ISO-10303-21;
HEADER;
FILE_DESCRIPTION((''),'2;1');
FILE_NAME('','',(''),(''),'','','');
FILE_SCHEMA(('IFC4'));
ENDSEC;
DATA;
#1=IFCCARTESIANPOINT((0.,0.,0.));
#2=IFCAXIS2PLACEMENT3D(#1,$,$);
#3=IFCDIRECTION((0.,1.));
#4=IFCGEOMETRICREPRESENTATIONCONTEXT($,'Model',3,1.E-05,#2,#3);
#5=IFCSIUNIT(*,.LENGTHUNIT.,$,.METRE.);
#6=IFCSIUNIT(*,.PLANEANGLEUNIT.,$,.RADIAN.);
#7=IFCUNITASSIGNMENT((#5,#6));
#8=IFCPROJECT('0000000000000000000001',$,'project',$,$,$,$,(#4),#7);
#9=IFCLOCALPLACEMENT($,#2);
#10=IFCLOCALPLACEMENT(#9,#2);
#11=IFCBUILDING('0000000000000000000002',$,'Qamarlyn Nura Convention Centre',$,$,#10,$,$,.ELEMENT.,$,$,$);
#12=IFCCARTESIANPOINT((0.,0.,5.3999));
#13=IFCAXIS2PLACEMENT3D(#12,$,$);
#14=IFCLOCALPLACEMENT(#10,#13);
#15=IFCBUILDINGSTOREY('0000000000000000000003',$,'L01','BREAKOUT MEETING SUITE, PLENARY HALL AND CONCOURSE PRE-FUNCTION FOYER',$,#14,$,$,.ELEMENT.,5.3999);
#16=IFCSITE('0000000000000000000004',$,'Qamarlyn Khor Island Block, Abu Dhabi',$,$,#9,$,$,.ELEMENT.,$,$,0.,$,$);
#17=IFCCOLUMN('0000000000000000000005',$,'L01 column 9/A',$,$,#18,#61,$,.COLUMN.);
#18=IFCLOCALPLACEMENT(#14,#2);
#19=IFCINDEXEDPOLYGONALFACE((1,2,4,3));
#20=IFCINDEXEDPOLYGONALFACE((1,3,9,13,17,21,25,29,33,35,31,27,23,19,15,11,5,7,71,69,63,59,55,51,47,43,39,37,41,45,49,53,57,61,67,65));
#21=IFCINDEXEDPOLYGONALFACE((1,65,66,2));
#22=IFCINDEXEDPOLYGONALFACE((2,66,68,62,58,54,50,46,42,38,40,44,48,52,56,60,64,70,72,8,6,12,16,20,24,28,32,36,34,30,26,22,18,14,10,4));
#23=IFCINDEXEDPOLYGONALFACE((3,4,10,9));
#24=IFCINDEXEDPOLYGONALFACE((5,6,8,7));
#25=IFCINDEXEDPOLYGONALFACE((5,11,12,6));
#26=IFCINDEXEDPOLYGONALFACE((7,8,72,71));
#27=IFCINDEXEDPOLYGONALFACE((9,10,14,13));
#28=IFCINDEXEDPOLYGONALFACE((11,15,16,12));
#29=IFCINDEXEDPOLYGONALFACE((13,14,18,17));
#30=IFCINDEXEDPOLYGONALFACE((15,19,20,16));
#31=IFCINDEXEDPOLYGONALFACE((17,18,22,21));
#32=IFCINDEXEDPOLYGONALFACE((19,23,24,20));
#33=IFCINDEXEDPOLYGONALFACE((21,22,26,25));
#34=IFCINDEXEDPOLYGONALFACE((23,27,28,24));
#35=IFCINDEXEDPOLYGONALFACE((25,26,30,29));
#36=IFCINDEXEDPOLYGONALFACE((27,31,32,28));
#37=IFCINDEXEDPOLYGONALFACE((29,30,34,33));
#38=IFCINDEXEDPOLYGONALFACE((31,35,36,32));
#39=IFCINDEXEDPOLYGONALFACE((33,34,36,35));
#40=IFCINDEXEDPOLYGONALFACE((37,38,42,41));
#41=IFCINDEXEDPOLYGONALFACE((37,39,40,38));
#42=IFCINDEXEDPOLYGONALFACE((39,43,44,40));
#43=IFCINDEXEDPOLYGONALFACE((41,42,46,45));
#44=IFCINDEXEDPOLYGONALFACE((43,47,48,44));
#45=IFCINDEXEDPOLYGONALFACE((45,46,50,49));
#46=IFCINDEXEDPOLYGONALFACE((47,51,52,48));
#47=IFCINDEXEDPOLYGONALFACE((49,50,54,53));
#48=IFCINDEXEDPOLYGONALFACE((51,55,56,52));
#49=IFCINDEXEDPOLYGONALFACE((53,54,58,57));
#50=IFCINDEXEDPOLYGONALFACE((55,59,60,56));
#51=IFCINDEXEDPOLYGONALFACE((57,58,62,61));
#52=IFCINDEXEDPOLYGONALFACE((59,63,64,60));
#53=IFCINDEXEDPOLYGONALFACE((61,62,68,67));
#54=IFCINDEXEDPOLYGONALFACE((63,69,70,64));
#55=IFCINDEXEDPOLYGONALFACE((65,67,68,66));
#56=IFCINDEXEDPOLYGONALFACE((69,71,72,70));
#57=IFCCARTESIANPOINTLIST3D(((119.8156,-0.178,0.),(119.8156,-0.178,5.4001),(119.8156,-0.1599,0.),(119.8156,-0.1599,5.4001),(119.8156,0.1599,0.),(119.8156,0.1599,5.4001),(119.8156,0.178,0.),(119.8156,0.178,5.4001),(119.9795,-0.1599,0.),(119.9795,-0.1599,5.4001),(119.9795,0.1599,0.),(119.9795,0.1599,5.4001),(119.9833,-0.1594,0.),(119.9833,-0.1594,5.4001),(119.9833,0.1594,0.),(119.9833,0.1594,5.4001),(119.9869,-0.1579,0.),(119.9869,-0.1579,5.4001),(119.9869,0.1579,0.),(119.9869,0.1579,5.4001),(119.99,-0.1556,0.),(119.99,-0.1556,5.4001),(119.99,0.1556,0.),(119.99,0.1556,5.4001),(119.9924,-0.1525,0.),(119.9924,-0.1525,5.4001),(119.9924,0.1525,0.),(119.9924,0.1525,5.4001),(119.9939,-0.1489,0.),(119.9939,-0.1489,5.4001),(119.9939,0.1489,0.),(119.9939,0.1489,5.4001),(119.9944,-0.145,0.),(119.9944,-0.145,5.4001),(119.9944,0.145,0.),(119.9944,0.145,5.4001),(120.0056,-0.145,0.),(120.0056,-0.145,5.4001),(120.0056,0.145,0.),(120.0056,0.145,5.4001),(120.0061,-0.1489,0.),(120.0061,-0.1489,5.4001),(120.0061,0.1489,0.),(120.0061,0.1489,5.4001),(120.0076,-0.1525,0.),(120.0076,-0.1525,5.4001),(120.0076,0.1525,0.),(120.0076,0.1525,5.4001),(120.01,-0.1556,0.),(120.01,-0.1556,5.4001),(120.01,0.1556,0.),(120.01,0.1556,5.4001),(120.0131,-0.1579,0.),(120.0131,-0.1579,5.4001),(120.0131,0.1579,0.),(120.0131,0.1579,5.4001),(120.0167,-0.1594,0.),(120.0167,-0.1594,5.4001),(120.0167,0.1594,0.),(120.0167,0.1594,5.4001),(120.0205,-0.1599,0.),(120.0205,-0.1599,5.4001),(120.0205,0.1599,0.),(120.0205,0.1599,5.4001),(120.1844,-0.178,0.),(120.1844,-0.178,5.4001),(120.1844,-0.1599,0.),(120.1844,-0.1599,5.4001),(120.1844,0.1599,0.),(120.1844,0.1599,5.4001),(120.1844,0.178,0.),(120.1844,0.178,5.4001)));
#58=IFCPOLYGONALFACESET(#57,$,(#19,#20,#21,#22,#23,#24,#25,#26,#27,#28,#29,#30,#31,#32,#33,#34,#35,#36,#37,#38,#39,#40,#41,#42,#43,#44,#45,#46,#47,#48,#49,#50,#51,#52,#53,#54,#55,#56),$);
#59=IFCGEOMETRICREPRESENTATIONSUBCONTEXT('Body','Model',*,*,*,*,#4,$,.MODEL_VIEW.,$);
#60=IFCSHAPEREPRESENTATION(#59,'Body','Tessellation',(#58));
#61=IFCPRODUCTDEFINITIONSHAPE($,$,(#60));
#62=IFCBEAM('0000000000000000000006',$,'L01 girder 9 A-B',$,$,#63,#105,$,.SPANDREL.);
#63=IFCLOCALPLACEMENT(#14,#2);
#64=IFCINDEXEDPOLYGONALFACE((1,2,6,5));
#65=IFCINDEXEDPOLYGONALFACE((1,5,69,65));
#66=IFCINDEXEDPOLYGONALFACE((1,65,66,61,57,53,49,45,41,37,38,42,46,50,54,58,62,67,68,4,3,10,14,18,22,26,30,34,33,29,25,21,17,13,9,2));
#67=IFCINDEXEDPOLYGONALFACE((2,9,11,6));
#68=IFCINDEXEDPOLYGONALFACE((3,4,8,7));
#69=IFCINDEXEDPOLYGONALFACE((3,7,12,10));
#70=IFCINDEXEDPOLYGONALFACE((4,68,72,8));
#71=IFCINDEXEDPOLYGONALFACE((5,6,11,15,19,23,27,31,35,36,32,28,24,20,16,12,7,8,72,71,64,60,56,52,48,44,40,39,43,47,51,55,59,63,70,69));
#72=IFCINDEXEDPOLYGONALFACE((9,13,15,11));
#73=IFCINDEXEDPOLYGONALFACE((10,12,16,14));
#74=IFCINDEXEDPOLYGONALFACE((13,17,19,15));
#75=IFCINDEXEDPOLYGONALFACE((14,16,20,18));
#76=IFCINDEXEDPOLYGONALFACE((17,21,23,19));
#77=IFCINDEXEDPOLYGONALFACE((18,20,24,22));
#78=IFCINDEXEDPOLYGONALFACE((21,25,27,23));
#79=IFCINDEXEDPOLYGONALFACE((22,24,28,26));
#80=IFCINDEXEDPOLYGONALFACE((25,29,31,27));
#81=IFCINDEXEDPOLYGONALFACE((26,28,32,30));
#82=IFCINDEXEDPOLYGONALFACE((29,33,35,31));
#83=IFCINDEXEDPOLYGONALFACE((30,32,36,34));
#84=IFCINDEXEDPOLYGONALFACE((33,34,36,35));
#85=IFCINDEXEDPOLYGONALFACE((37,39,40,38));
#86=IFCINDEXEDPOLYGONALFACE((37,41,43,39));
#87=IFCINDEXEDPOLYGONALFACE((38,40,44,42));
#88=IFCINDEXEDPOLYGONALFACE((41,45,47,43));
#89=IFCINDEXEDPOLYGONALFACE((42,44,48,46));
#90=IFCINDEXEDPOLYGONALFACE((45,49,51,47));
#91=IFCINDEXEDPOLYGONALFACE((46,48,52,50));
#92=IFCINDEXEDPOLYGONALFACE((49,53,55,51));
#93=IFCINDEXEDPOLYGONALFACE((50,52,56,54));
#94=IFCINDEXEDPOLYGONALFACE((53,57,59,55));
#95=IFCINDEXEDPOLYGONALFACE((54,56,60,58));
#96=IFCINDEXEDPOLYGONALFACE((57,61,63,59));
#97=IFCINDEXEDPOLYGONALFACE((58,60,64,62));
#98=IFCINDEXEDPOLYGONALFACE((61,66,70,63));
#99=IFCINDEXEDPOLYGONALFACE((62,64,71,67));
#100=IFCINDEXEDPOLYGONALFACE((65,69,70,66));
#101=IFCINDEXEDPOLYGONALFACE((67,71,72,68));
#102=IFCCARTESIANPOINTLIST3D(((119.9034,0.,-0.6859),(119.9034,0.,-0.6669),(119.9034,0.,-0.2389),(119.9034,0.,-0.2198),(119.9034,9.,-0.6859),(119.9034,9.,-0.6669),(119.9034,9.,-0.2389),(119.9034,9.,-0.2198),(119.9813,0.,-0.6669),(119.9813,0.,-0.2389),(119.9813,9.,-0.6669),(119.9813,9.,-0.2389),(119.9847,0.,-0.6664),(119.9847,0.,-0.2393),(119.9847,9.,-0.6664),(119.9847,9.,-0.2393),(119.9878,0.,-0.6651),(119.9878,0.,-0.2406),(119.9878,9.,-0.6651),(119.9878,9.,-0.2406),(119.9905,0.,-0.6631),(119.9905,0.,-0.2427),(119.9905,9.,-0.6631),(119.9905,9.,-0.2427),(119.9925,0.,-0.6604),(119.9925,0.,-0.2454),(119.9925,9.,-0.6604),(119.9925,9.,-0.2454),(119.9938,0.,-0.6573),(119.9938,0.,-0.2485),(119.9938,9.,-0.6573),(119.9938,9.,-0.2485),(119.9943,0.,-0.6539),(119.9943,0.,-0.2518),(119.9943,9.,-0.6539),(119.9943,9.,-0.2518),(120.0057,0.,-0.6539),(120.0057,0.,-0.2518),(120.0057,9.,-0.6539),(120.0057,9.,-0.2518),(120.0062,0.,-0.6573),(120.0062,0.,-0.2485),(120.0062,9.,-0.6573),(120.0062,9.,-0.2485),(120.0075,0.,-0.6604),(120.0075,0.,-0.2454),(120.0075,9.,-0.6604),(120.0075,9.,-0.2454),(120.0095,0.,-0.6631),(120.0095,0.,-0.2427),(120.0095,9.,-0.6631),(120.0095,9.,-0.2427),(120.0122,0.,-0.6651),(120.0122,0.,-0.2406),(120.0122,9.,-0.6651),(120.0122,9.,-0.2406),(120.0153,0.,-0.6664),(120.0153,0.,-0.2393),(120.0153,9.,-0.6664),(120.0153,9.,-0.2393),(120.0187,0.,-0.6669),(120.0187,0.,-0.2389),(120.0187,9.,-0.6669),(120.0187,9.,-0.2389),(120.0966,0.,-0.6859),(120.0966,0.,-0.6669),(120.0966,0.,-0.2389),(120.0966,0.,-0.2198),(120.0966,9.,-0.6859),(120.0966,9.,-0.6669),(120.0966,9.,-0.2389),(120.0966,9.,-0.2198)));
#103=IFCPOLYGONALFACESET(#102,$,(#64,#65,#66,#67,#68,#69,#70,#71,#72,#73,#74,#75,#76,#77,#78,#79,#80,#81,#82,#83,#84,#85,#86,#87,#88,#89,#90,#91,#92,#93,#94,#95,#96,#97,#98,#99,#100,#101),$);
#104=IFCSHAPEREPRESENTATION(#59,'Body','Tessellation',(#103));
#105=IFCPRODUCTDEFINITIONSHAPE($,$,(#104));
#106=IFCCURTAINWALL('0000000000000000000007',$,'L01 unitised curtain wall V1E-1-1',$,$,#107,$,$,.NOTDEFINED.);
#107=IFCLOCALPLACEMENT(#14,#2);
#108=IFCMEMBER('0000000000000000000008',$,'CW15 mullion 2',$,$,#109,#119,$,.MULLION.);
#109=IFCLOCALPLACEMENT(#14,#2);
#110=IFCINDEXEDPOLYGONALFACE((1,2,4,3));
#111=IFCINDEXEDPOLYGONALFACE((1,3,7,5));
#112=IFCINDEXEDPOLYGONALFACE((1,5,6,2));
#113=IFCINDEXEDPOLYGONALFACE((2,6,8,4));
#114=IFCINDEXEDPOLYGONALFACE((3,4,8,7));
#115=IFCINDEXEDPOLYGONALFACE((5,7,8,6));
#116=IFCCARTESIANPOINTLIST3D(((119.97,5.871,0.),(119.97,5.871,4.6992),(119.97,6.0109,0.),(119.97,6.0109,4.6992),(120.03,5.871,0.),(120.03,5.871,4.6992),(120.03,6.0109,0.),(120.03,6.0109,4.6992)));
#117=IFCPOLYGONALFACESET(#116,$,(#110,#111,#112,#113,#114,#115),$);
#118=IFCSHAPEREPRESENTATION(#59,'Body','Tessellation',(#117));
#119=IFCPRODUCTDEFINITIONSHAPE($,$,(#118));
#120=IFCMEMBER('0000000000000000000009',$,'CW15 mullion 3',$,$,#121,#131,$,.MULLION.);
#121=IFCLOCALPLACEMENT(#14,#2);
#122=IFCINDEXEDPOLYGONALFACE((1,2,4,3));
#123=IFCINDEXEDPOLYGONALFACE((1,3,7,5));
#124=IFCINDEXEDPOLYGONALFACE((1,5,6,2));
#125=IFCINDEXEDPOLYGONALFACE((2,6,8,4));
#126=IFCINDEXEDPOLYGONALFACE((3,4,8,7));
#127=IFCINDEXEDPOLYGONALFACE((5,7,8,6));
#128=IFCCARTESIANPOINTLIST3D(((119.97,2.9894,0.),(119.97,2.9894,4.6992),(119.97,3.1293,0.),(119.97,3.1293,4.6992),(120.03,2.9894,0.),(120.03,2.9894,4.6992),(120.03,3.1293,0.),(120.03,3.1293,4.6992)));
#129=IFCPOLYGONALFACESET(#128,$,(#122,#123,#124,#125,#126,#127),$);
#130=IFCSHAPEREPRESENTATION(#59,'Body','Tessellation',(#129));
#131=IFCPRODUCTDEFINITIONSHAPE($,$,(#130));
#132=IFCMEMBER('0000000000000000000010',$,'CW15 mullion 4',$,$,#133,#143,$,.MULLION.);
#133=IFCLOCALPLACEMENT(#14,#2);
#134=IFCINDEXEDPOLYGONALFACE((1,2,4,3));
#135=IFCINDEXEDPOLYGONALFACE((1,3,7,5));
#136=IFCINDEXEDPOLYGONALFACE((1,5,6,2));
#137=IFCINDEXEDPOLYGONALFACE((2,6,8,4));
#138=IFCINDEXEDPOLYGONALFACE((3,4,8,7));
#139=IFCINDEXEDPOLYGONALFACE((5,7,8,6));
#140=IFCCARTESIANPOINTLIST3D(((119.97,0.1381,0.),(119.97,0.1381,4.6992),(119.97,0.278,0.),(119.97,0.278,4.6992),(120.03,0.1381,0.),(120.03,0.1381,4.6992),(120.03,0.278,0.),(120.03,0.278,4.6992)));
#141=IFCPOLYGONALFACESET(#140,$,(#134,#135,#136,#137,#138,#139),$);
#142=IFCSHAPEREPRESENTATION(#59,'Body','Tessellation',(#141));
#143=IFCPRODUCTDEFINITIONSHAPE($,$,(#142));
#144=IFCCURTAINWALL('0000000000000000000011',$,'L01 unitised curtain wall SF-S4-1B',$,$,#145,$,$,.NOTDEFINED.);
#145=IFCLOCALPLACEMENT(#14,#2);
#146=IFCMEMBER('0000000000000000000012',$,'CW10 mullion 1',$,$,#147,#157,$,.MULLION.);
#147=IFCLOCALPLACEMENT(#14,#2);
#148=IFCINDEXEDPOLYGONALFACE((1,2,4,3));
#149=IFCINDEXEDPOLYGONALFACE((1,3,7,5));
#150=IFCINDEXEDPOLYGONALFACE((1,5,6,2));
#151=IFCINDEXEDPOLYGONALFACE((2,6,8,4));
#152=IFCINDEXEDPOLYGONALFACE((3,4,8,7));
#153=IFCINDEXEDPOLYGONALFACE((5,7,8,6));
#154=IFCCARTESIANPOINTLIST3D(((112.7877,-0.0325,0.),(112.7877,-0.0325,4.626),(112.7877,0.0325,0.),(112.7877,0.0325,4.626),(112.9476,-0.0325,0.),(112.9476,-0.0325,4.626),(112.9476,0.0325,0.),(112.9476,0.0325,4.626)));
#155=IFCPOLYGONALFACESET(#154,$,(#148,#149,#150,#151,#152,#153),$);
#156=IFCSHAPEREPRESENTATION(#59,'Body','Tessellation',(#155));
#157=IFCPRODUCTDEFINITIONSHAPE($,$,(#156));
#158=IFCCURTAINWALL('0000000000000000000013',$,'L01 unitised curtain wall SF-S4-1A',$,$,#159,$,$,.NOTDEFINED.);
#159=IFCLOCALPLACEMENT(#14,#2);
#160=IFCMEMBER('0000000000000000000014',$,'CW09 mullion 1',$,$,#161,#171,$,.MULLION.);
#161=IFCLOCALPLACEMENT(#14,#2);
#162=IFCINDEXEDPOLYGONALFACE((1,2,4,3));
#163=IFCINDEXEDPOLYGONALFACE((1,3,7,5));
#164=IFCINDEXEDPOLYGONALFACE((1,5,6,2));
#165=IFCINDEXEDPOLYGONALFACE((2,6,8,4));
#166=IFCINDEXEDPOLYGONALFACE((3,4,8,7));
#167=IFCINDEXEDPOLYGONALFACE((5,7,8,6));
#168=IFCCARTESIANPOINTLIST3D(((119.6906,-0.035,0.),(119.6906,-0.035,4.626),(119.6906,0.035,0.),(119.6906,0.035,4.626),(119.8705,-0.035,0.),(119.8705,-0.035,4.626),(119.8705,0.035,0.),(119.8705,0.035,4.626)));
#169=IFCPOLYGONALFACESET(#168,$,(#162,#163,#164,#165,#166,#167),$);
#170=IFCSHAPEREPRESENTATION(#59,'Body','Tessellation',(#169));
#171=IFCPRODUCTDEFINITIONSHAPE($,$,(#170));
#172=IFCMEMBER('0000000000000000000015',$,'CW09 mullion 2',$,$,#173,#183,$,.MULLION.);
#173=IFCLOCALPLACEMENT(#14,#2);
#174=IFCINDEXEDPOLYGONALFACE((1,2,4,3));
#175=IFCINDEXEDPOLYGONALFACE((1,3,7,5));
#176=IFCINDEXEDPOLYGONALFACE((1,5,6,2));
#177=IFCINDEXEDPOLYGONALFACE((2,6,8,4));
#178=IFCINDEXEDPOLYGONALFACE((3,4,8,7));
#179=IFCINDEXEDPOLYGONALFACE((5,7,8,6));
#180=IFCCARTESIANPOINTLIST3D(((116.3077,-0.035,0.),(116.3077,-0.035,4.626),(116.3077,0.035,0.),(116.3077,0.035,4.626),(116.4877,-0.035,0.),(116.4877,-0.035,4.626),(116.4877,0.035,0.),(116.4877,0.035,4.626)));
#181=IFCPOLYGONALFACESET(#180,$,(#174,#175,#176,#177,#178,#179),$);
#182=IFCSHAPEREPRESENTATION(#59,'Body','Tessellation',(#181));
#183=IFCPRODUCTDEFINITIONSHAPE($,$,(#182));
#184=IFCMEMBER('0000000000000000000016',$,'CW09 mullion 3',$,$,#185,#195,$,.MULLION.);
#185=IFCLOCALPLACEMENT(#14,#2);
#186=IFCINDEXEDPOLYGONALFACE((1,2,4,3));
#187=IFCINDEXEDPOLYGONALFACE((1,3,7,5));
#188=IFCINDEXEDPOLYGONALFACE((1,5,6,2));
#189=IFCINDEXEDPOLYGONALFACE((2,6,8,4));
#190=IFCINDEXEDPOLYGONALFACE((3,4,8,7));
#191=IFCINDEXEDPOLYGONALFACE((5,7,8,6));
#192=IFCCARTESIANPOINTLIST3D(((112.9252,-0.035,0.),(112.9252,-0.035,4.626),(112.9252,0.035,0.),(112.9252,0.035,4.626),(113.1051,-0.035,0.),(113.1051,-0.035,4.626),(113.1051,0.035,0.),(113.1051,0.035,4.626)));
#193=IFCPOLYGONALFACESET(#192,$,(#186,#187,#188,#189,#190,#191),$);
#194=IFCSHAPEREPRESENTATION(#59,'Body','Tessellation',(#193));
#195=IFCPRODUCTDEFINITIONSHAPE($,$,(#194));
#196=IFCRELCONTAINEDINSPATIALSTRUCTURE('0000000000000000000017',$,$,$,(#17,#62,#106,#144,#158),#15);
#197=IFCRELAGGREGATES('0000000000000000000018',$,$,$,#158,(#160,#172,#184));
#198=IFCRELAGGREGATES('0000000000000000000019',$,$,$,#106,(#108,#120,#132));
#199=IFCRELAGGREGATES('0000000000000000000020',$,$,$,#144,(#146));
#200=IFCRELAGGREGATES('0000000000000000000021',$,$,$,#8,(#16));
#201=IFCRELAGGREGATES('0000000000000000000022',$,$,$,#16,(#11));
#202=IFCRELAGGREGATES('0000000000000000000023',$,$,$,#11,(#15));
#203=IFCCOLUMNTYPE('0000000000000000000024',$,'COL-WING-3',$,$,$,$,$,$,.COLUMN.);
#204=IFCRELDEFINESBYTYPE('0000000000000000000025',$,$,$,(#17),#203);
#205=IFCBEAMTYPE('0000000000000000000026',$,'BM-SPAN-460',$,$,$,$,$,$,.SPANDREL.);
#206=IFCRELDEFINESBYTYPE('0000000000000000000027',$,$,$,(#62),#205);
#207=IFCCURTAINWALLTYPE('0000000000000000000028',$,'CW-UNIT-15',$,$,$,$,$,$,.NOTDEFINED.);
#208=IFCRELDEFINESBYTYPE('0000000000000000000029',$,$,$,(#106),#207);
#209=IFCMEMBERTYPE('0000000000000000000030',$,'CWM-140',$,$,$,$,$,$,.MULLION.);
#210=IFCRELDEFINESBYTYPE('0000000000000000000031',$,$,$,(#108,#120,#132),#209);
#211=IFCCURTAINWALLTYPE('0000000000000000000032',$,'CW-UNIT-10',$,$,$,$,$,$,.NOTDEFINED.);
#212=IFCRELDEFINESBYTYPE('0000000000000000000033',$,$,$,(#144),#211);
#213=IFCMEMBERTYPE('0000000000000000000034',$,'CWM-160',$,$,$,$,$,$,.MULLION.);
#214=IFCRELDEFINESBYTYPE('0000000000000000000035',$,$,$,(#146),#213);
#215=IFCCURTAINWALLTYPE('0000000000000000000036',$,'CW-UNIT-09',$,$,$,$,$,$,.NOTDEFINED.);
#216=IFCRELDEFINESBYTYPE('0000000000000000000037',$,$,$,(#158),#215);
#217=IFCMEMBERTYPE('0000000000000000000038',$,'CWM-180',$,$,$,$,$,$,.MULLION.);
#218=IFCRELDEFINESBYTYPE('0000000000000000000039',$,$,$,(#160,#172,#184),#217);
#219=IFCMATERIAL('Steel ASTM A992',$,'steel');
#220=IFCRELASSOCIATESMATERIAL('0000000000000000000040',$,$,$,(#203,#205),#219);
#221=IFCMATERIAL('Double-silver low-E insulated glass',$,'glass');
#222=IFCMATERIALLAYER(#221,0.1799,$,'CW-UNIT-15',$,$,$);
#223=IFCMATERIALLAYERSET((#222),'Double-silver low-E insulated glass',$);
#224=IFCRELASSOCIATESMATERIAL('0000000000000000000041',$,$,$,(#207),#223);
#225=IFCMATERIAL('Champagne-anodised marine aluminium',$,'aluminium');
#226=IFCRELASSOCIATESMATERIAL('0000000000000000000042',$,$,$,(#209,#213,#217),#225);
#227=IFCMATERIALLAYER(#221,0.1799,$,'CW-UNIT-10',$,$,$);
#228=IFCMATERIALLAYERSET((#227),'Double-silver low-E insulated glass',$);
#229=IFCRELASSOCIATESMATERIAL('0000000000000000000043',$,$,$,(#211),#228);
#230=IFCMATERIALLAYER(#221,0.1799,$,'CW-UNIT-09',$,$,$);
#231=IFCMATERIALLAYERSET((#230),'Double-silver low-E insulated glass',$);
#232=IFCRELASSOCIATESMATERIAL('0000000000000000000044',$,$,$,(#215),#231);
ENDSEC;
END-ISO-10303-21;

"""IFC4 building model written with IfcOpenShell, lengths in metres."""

from ifc_helpers import new_model, si_unit, direction, frame, origin, origin_2d, place, context, subcontext, project, spatial, rectangle, i_section, extrude, material, layer, layer_set, material_profile, profile_set, type_object, element, aggregate, save


model = new_model("IFC4")

# Units and contexts
model_context = context("Model", 3, precision=1e-05, world=origin(), true_north=direction((0.0, 1.0)))
body_context = subcontext(model_context, "Body", "Model", "MODEL_VIEW")
ifc_project = project(units=[si_unit("LENGTHUNIT", "METRE"), si_unit("PLANEANGLEUNIT", "RADIAN")], contexts=[model_context])

# Site, building, storey
site_placement = place(None, origin())
site = spatial("IfcSite", under=ifc_project, at=site_placement, Name="Qamarlyn Khor Island Block, Abu Dhabi", CompositionType="ELEMENT", RefElevation=0.0)
building_placement = place(site_placement, origin())
building = spatial("IfcBuilding", under=site, at=building_placement, Name="Qamarlyn Nura Convention Centre", CompositionType="ELEMENT")
storey_placement = place(building_placement, frame((0.0, 0.0, 5.3999)))
storey = spatial("IfcBuildingStorey", under=building, at=storey_placement, Name="L01", Description="BREAKOUT MEETING SUITE, PLENARY HALL AND CONCOURSE PRE-FUNCTION FOYER", CompositionType="ELEMENT", Elevation=5.3999)

# Column
ifc_material_1 = material(Name="Steel ASTM A992", Category="steel")
ifc_material_profile_1 = material_profile(ifc_material_1, i_section(OverallWidth=0.3689, OverallDepth=0.356, WebThickness=0.0112, FlangeThickness=0.0181, FilletRadius=0.0149, at=origin_2d()), Name="W360X134")
ifc_profile_set_1 = profile_set([ifc_material_profile_1], Name="Steel ASTM A992")
column_type = type_object("IfcColumnType", Name="COL-WING-3", PredefinedType="COLUMN", material=ifc_profile_set_1)
column_placement = place(storey_placement, frame((120.0, 0.0, 0.0), z_axis=(0.0, 0.0, 1.0), x_axis=(1.0, 0.0, 0.0)))
element("IfcColumn", 1, at=column_placement, inside=storey, type_object=column_type, Name="L01 column 9/A", PredefinedType="COLUMN", context=body_context, shape_type="SweptSolid", body=[
    extrude(i_section(OverallWidth=0.3689, OverallDepth=0.356, WebThickness=0.0112, FlangeThickness=0.0181, FilletRadius=0.0149, at=origin_2d()), origin(), (0.0, 0.0, 1.0), 5.4001),
])

# Beam
ifc_material_profile_2 = material_profile(ifc_material_1, i_section(OverallWidth=0.1931, OverallDepth=0.4661, WebThickness=0.0115, FlangeThickness=0.019, FilletRadius=0.0129, at=origin_2d()), Name="W460X97")
ifc_profile_set_2 = profile_set([ifc_material_profile_2], Name="Steel ASTM A992")
beam_type = type_object("IfcBeamType", Name="BM-SPAN-460", PredefinedType="SPANDREL", material=ifc_profile_set_2)
beam_placement = place(storey_placement, frame((120.0, 0.0, -0.4529), z_axis=(0.0, 1.0, 0.0), x_axis=(-1.0, 0.0, 0.0)))
element("IfcBeam", 2, at=beam_placement, inside=storey, type_object=beam_type, Name="L01 girder 9 A-B", PredefinedType="SPANDREL", context=body_context, shape_type="SweptSolid", body=[
    extrude(i_section(OverallWidth=0.1931, OverallDepth=0.4661, WebThickness=0.0115, FlangeThickness=0.019, FilletRadius=0.0129, at=origin_2d()), origin(), (0.0, 0.0, 1.0), 9.0),
])

# Curtain wall, members
ifc_material_2 = material(Name="Double-silver low-E insulated glass", Category="glass")
ifc_layer_1 = layer(ifc_material_2, 0.1799, Name="CW-UNIT-15")
ifc_layer_set_1 = layer_set([ifc_layer_1], Name="Double-silver low-E insulated glass")
curtain_wall_type_1 = type_object("IfcCurtainWallType", Name="CW-UNIT-15", PredefinedType="NOTDEFINED", material=ifc_layer_set_1)
curtain_wall_1_placement = place(storey_placement, origin())
curtain_wall_1 = element("IfcCurtainWall", 3, at=curtain_wall_1_placement, inside=storey, type_object=curtain_wall_type_1, Name="L01 unitised curtain wall V1E-1-1", PredefinedType="NOTDEFINED")
ifc_material_3 = material(Name="Champagne-anodised marine aluminium", Category="aluminium")
ifc_material_profile_3 = material_profile(ifc_material_3, rectangle(XDim=0.0601, YDim=0.1399, at=origin_2d()), Name="ALU MULLION 60x140")
ifc_profile_set_3 = profile_set([ifc_material_profile_3], Name="Champagne-anodised marine aluminium")
member_type_1 = type_object("IfcMemberType", Name="CWM-140", PredefinedType="MULLION", material=ifc_profile_set_3)
member_1_placement = place(storey_placement, frame((120.0, 5.9409, 0.0), z_axis=(0.0, 0.0, 1.0), x_axis=(1.0, 0.0, 0.0)))
member_1 = element("IfcMember", 4, at=member_1_placement, type_object=member_type_1, Name="CW15 mullion 2", PredefinedType="MULLION", context=body_context, shape_type="SweptSolid", body=[
    extrude(rectangle(XDim=0.0601, YDim=0.1399, at=origin_2d()), origin(), (0.0, 0.0, 1.0), 4.6992),
])
member_2_placement = place(storey_placement, frame((120.0, 3.0593, 0.0), z_axis=(0.0, 0.0, 1.0), x_axis=(1.0, 0.0, 0.0)))
member_2 = element("IfcMember", 5, at=member_2_placement, type_object=member_type_1, Name="CW15 mullion 3", PredefinedType="MULLION", context=body_context, shape_type="SweptSolid", body=[
    extrude(rectangle(XDim=0.0601, YDim=0.1399, at=origin_2d()), origin(), (0.0, 0.0, 1.0), 4.6992),
])
member_3_placement = place(storey_placement, frame((120.0, 0.208, 0.0), z_axis=(0.0, 0.0, 1.0), x_axis=(1.0, 0.0, 0.0)))
member_3 = element("IfcMember", 6, at=member_3_placement, type_object=member_type_1, Name="CW15 mullion 4", PredefinedType="MULLION", context=body_context, shape_type="SweptSolid", body=[
    extrude(rectangle(XDim=0.0601, YDim=0.1399, at=origin_2d()), origin(), (0.0, 0.0, 1.0), 4.6992),
])

# Curtain wall, member
ifc_layer_2 = layer(ifc_material_2, 0.1799, Name="CW-UNIT-10")
ifc_layer_set_2 = layer_set([ifc_layer_2], Name="Double-silver low-E insulated glass")
curtain_wall_type_2 = type_object("IfcCurtainWallType", Name="CW-UNIT-10", PredefinedType="NOTDEFINED", material=ifc_layer_set_2)
curtain_wall_2_placement = place(storey_placement, origin())
curtain_wall_2 = element("IfcCurtainWall", 7, at=curtain_wall_2_placement, inside=storey, type_object=curtain_wall_type_2, Name="L01 unitised curtain wall SF-S4-1B", PredefinedType="NOTDEFINED")
ifc_material_profile_4 = material_profile(ifc_material_3, rectangle(XDim=0.0649, YDim=0.1599, at=origin_2d()), Name="ALU MULLION 65x160")
ifc_profile_set_4 = profile_set([ifc_material_profile_4], Name="Champagne-anodised marine aluminium")
member_type_2 = type_object("IfcMemberType", Name="CWM-160", PredefinedType="MULLION", material=ifc_profile_set_4)
member_4_placement = place(storey_placement, frame((112.8677, 0.0, 0.0), z_axis=(0.0, 0.0, 1.0), x_axis=(0.0, -1.0, 0.0)))
member_4 = element("IfcMember", 8, at=member_4_placement, type_object=member_type_2, Name="CW10 mullion 1", PredefinedType="MULLION", context=body_context, shape_type="SweptSolid", body=[
    extrude(rectangle(XDim=0.0649, YDim=0.1599, at=origin_2d()), origin(), (0.0, 0.0, 1.0), 4.626),
])

# Curtain wall, members
ifc_layer_3 = layer(ifc_material_2, 0.1799, Name="CW-UNIT-09")
ifc_layer_set_3 = layer_set([ifc_layer_3], Name="Double-silver low-E insulated glass")
curtain_wall_type_3 = type_object("IfcCurtainWallType", Name="CW-UNIT-09", PredefinedType="NOTDEFINED", material=ifc_layer_set_3)
curtain_wall_3_placement = place(storey_placement, origin())
curtain_wall_3 = element("IfcCurtainWall", 9, at=curtain_wall_3_placement, inside=storey, type_object=curtain_wall_type_3, Name="L01 unitised curtain wall SF-S4-1A", PredefinedType="NOTDEFINED")
ifc_material_profile_5 = material_profile(ifc_material_3, rectangle(XDim=0.0701, YDim=0.1799, at=origin_2d()), Name="ALU MULLION 70x180")
ifc_profile_set_5 = profile_set([ifc_material_profile_5], Name="Champagne-anodised marine aluminium")
member_type_3 = type_object("IfcMemberType", Name="CWM-180", PredefinedType="MULLION", material=ifc_profile_set_5)
member_5_placement = place(storey_placement, frame((119.7805, 0.0, 0.0), z_axis=(0.0, 0.0, 1.0), x_axis=(0.0, -1.0, 0.0)))
member_5 = element("IfcMember", 10, at=member_5_placement, type_object=member_type_3, Name="CW09 mullion 1", PredefinedType="MULLION", context=body_context, shape_type="SweptSolid", body=[
    extrude(rectangle(XDim=0.0701, YDim=0.1799, at=origin_2d()), origin(), (0.0, 0.0, 1.0), 4.626),
])
member_6_placement = place(storey_placement, frame((116.3977, 0.0, 0.0), z_axis=(0.0, 0.0, 1.0), x_axis=(0.0, -1.0, 0.0)))
member_6 = element("IfcMember", 11, at=member_6_placement, type_object=member_type_3, Name="CW09 mullion 2", PredefinedType="MULLION", context=body_context, shape_type="SweptSolid", body=[
    extrude(rectangle(XDim=0.0701, YDim=0.1799, at=origin_2d()), origin(), (0.0, 0.0, 1.0), 4.626),
])
member_7_placement = place(storey_placement, frame((113.0151, 0.0, 0.0), z_axis=(0.0, 0.0, 1.0), x_axis=(0.0, -1.0, 0.0)))
member_7 = element("IfcMember", 12, at=member_7_placement, type_object=member_type_3, Name="CW09 mullion 3", PredefinedType="MULLION", context=body_context, shape_type="SweptSolid", body=[
    extrude(rectangle(XDim=0.0701, YDim=0.1799, at=origin_2d()), origin(), (0.0, 0.0, 1.0), 4.626),
])

aggregate(curtain_wall_3, [member_5, member_6, member_7])
aggregate(curtain_wall_1, [member_1, member_2, member_3])
aggregate(curtain_wall_2, [member_4])

save(model, "model.ifc")
